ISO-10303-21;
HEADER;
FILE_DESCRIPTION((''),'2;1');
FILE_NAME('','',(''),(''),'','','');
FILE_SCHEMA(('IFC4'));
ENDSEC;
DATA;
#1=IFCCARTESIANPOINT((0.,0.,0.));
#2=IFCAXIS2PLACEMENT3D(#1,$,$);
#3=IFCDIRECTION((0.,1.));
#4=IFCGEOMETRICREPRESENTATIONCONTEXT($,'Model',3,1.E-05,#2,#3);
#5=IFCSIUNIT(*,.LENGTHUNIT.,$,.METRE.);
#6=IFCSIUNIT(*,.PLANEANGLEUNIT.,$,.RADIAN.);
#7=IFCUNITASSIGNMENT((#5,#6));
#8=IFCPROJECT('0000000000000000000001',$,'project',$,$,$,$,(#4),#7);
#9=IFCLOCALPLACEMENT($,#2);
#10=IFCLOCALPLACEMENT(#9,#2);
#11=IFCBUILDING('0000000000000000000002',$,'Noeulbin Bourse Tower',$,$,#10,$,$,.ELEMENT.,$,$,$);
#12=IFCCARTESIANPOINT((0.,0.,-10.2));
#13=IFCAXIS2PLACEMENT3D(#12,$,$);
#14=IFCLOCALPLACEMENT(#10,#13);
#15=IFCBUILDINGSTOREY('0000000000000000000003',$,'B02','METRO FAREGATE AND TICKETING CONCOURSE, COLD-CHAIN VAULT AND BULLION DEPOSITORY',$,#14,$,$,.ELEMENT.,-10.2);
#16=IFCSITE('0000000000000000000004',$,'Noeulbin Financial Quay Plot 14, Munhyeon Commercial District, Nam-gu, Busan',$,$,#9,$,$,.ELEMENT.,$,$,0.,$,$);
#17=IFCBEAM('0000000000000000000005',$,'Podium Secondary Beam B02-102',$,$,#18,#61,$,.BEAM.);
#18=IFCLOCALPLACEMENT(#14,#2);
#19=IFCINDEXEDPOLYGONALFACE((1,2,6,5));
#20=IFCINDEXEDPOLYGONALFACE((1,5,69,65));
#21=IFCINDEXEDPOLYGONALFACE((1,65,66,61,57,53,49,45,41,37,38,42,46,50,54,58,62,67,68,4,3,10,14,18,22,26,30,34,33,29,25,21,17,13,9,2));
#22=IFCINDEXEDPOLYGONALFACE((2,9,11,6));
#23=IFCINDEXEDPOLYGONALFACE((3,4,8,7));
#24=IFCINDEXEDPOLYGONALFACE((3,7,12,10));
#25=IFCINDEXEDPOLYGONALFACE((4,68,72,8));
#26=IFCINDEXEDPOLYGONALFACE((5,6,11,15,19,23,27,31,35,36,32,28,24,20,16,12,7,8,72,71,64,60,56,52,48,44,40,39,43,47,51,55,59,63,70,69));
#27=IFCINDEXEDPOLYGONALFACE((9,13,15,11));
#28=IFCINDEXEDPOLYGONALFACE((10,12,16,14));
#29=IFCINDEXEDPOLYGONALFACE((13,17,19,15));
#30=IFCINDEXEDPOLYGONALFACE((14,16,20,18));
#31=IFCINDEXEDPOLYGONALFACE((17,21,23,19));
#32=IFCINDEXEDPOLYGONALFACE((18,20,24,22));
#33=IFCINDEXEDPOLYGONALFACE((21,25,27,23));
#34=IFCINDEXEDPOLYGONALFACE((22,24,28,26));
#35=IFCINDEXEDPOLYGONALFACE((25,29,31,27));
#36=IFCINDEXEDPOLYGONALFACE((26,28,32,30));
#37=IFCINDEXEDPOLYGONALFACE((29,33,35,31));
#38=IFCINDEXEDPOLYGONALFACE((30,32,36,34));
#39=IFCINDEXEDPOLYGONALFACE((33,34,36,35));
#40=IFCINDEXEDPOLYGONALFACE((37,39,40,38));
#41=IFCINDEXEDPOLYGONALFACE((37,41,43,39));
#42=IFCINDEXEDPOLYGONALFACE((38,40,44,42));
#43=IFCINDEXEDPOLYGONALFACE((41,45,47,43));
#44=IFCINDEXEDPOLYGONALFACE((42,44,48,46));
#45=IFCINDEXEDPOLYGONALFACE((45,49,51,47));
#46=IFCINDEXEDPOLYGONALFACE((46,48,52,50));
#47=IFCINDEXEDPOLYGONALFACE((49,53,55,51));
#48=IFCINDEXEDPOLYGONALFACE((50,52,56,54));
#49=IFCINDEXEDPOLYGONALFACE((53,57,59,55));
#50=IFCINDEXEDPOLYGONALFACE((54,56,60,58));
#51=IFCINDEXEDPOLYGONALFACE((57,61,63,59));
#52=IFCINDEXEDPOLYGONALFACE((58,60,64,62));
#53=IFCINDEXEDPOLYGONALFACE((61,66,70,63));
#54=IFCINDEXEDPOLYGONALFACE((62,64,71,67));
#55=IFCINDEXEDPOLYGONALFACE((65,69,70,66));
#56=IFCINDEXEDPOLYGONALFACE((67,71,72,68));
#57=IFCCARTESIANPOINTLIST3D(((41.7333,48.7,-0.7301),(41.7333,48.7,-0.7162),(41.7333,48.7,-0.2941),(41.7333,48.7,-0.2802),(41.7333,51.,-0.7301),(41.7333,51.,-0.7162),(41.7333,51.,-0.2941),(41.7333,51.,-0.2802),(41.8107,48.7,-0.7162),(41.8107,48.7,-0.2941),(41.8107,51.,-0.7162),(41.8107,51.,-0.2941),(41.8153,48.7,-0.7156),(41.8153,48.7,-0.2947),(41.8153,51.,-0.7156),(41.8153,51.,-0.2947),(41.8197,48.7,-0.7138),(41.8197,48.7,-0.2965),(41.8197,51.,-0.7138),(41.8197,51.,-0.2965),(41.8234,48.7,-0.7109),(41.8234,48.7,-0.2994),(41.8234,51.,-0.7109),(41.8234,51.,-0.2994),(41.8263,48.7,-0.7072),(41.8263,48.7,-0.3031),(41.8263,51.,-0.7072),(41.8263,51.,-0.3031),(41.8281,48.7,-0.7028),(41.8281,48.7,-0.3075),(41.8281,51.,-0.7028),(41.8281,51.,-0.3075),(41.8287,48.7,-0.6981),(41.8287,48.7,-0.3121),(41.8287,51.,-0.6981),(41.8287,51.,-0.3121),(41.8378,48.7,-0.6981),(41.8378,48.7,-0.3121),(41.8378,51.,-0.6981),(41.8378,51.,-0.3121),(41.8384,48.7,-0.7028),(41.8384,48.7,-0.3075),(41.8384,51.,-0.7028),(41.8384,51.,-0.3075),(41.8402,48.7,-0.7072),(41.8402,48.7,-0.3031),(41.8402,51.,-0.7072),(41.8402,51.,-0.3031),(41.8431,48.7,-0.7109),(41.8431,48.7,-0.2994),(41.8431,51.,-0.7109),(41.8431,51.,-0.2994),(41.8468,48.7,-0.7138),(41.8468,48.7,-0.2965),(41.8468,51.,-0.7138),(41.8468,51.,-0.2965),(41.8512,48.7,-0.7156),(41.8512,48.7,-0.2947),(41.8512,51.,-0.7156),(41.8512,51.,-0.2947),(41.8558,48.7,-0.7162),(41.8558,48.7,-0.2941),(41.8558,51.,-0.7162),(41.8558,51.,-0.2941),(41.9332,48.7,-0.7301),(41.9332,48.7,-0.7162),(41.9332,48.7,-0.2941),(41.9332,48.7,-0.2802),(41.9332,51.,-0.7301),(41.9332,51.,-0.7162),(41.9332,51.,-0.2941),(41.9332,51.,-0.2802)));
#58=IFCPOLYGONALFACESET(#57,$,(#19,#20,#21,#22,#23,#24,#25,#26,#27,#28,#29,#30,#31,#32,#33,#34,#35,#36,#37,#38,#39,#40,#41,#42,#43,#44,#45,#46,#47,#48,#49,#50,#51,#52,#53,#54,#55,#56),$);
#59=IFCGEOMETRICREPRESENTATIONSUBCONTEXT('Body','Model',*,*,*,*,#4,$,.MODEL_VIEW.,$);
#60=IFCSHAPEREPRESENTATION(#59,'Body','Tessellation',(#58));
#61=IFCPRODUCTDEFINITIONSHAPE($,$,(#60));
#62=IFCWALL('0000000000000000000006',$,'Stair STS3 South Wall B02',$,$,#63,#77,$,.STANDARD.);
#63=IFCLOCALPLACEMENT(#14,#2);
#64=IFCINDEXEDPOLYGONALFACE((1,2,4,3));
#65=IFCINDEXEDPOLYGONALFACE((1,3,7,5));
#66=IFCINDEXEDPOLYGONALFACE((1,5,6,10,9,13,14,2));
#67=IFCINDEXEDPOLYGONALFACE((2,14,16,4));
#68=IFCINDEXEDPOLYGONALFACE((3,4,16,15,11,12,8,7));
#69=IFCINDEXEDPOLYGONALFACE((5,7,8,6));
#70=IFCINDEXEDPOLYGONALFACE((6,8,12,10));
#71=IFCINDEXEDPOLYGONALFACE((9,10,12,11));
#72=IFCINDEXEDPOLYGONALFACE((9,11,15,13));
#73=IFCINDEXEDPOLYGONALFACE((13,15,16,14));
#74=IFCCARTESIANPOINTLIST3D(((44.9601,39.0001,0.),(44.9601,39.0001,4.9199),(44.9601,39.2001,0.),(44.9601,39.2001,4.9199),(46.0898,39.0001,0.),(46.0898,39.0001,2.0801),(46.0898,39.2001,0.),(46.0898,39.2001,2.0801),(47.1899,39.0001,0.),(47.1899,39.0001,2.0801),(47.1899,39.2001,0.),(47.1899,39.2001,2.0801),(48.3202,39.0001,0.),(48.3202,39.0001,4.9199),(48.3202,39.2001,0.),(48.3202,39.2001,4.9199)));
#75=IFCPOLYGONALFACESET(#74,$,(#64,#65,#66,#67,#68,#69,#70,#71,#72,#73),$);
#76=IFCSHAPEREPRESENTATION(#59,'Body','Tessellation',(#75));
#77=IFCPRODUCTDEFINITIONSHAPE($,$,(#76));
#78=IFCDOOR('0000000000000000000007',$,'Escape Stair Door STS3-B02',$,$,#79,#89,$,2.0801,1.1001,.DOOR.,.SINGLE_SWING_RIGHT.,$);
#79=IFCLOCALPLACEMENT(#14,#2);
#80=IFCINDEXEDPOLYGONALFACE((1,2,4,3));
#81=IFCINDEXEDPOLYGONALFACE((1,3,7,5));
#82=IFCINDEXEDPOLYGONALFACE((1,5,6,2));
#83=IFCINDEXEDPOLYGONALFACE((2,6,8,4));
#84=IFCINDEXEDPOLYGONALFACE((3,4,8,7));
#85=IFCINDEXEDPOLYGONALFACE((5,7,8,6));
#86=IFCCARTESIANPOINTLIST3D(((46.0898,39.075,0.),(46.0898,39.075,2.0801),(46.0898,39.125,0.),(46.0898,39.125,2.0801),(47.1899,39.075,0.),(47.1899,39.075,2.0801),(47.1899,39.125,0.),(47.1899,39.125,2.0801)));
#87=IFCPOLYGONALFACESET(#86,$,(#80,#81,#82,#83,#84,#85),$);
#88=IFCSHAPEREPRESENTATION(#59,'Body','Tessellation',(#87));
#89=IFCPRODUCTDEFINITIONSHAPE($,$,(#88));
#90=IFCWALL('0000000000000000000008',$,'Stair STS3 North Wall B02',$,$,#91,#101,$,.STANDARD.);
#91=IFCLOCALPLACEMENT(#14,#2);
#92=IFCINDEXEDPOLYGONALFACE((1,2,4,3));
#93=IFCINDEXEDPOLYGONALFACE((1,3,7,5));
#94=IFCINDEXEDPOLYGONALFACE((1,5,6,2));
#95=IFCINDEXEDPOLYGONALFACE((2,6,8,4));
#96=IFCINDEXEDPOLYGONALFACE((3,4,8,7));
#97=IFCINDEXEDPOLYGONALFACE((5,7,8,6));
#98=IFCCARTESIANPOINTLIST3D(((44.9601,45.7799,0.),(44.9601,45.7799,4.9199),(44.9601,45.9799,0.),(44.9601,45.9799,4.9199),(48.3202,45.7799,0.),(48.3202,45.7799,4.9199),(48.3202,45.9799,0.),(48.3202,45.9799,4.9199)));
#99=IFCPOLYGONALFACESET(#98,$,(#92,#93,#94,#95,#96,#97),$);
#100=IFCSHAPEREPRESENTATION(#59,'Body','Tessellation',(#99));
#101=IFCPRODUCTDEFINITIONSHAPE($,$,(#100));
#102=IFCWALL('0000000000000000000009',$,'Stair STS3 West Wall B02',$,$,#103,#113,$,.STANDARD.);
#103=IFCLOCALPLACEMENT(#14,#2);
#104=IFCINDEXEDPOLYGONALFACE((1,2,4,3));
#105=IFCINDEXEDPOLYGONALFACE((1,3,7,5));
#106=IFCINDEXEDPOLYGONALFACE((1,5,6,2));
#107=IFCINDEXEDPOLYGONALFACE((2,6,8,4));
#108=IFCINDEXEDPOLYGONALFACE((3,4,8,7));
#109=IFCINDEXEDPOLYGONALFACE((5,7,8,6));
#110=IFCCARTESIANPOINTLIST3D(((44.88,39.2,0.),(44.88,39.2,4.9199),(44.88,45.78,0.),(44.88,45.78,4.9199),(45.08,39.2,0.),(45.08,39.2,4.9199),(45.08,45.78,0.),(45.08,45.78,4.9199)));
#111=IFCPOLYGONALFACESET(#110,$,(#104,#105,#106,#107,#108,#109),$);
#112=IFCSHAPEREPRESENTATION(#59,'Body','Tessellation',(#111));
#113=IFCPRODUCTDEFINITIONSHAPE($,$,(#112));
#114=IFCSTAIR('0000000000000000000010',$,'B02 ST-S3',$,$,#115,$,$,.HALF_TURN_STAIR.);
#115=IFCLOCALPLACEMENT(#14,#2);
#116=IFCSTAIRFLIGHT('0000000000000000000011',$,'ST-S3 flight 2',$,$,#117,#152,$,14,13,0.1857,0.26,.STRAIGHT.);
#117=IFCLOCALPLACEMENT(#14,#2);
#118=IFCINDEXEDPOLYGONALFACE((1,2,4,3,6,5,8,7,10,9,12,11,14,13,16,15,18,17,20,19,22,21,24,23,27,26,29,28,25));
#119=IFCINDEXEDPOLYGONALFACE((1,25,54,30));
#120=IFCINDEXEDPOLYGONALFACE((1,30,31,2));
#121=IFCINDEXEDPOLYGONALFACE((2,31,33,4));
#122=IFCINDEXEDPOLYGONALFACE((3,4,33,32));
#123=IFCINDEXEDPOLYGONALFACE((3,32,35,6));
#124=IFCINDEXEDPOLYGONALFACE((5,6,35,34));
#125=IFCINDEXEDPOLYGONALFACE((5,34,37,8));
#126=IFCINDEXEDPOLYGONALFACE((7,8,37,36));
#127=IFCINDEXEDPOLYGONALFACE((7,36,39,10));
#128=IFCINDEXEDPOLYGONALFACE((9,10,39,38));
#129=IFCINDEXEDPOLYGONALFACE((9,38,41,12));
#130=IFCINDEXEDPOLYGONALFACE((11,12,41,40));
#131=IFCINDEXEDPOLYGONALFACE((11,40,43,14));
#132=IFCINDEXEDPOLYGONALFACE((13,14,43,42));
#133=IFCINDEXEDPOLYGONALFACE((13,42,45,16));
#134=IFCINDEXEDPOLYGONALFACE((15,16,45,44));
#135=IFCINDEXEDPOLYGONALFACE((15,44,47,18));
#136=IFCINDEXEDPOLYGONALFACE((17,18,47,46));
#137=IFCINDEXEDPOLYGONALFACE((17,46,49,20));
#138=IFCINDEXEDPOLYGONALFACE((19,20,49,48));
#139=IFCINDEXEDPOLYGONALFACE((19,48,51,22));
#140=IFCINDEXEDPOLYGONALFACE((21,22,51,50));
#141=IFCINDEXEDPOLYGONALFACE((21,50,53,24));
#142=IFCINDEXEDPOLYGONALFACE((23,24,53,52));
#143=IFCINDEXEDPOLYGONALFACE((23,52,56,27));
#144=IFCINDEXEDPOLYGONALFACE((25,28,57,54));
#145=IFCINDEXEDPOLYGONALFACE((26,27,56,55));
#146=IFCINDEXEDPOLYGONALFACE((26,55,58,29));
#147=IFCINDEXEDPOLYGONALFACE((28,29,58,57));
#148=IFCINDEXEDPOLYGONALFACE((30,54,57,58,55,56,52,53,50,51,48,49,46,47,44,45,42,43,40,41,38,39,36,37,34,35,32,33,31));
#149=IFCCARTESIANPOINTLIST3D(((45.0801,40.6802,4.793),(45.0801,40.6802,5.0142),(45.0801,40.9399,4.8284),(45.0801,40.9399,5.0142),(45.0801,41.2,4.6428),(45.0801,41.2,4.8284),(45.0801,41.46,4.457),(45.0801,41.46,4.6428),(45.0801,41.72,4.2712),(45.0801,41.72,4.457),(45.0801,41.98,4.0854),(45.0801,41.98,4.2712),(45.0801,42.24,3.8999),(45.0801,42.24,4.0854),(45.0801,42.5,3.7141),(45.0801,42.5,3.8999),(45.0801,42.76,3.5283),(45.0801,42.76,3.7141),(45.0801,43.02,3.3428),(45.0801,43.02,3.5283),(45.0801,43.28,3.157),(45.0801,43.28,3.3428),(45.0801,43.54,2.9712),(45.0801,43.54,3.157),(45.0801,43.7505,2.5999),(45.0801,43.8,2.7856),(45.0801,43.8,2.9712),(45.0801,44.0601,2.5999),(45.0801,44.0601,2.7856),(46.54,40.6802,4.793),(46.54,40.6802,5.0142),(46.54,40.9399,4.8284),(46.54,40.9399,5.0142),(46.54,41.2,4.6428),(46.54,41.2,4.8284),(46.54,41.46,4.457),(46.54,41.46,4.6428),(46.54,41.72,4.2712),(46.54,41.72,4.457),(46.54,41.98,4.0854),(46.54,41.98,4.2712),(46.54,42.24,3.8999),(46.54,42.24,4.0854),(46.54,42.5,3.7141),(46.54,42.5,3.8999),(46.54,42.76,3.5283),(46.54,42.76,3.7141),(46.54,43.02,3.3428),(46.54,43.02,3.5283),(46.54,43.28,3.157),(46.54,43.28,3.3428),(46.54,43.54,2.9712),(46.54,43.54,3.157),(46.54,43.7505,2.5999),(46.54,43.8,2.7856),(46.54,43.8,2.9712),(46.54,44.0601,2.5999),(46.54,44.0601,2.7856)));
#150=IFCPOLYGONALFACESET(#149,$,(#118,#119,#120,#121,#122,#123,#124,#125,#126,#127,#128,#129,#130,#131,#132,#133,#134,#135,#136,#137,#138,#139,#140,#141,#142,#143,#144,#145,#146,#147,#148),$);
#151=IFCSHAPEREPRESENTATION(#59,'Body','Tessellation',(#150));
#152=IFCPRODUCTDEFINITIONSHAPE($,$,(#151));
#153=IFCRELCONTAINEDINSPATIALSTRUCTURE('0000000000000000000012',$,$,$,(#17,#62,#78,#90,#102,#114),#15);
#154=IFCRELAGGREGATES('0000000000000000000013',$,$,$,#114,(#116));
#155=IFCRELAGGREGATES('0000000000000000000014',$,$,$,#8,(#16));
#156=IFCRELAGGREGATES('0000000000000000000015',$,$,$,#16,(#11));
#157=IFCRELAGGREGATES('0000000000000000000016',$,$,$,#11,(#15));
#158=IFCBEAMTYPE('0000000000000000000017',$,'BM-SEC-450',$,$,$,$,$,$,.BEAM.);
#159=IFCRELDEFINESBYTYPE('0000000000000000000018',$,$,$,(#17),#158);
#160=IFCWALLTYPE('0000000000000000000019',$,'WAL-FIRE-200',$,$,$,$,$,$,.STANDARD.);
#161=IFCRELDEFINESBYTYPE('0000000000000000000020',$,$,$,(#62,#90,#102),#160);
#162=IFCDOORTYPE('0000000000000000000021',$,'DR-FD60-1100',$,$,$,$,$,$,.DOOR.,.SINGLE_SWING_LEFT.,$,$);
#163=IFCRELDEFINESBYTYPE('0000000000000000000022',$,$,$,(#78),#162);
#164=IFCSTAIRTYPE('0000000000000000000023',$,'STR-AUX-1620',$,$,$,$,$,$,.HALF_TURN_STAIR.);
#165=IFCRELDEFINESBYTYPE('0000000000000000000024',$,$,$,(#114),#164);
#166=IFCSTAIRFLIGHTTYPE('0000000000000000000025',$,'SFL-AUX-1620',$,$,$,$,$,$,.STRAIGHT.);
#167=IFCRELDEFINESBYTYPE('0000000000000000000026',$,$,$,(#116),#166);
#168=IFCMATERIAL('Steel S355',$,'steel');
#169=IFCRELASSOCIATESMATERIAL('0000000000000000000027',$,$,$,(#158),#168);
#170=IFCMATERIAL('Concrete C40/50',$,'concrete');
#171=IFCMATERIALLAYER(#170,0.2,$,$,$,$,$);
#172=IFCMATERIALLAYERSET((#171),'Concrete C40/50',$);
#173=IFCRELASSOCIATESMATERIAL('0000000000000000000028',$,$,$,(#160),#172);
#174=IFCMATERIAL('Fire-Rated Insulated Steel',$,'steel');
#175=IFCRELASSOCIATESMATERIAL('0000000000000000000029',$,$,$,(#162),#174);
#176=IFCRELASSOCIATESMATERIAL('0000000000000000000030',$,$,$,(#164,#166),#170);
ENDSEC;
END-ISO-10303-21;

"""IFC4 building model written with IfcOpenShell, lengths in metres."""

from ifc_helpers import new_model, si_unit, direction, frame, frame_2d, origin, origin_2d, place, context, subcontext, project, spatial, polyline, rectangle, i_section, outline, extrude, material, layer, layer_set, material_profile, profile_set, type_object, element, fill, aggregate, save


model = new_model("IFC4")

# Units and contexts
model_context = context("Model", 3, precision=1e-05, world=origin(), true_north=direction((0.0, 1.0)))
body_context = subcontext(model_context, "Body", "Model", "MODEL_VIEW")
ifc_project = project(units=[si_unit("LENGTHUNIT", "METRE"), si_unit("PLANEANGLEUNIT", "RADIAN")], contexts=[model_context])

# Site, building, storey
site_placement = place(None, origin())
site = spatial("IfcSite", under=ifc_project, at=site_placement, Name="Noeulbin Financial Quay Plot 14, Munhyeon Commercial District, Nam-gu, Busan", CompositionType="ELEMENT", RefElevation=0.0)
building_placement = place(site_placement, origin())
building = spatial("IfcBuilding", under=site, at=building_placement, Name="Noeulbin Bourse Tower", CompositionType="ELEMENT")
storey_placement = place(building_placement, frame((0.0, 0.0, -10.2)))
storey = spatial("IfcBuildingStorey", under=building, at=storey_placement, Name="B02", Description="METRO FAREGATE AND TICKETING CONCOURSE, COLD-CHAIN VAULT AND BULLION DEPOSITORY", CompositionType="ELEMENT", Elevation=-10.2)

# Beam
ifc_material_1 = material(Name="Steel S355", Category="steel")
ifc_material_profile_1 = material_profile(ifc_material_1, i_section(OverallWidth=0.2, OverallDepth=0.45, WebThickness=0.009, FlangeThickness=0.0139, FilletRadius=0.0181, at=origin_2d()), Name="H-450x200x9x14", Category="LoadBearing")
ifc_profile_set_1 = profile_set([ifc_material_profile_1], Name="Steel S355")
beam_type_1 = type_object("IfcBeamType", Name="BM-SEC-450", PredefinedType="BEAM", material=ifc_profile_set_1)
beam_1_placement = place(storey_placement, frame((41.8333, 48.7, -0.5051), z_axis=(0.0, 1.0, 0.0), x_axis=(-1.0, 0.0, 0.0)))
element("IfcBeam", 1, at=beam_1_placement, inside=storey, type_object=beam_type_1, Name="Podium Secondary Beam B02-102", PredefinedType="BEAM", context=body_context, shape_type="SweptSolid", body=[
    extrude(i_section(OverallWidth=0.2, OverallDepth=0.45, WebThickness=0.009, FlangeThickness=0.0139, FilletRadius=0.0181, at=origin_2d()), origin(), (0.0, 0.0, 1.0), 2.3),
])

# Wall, opening, door
ifc_material_2 = material(Name="Concrete C40/50", Category="concrete")
ifc_layer_1 = layer(ifc_material_2, 0.2)
ifc_layer_set_1 = layer_set([ifc_layer_1], Name="Concrete C40/50")
wall_type = type_object("IfcWallType", Name="WAL-FIRE-200", PredefinedType="STANDARD", material=ifc_layer_set_1)
wall_1_placement = place(storey_placement, frame((44.96, 39.1001, 0.0), z_axis=(0.0, 0.0, 1.0), x_axis=(1.0, 0.0, 0.0)))
wall_1 = element("IfcWall", 2, at=wall_1_placement, inside=storey, type_object=wall_type, Name="Stair STS3 South Wall B02", PredefinedType="STANDARD", context=body_context, shape_type="SweptSolid", body=[
    extrude(rectangle(XDim=3.3601, YDim=0.2, at=frame_2d((1.6802, 0.0))), origin(), (0.0, 0.0, 1.0), 4.9199),
])
opening_placement = place(wall_1_placement, frame((1.1299, 0.0, 0.0)))
opening = element("IfcOpeningElement", 3, at=opening_placement, cuts=wall_1, PredefinedType="OPENING", context=body_context, shape_type="SweptSolid", body=[
    extrude(rectangle(XDim=1.1001, YDim=2.0801, at=frame_2d((0.55, 1.04))), frame((0.0, 0.1099, 0.0), z_axis=(0.0, -1.0, 0.0), x_axis=(1.0, 0.0, 0.0)), (0.0, 0.0, 1.0), 0.22),
])
ifc_material_3 = material(Name="Fire-Rated Insulated Steel", Category="steel")
door_type = type_object("IfcDoorType", Name="DR-FD60-1100", OperationType="SINGLE_SWING_LEFT", PredefinedType="DOOR", material=ifc_material_3)
door_placement = place(opening_placement, origin())
door = element("IfcDoor", 4, at=door_placement, inside=storey, type_object=door_type, Name="Escape Stair Door STS3-B02", OperationType="SINGLE_SWING_RIGHT", OverallHeight=2.0801, OverallWidth=1.1001, PredefinedType="DOOR", context=body_context, shape_type="SweptSolid", body=[
    extrude(rectangle(XDim=1.1001, YDim=2.0801, at=frame_2d((0.55, 1.04))), frame((0.0, 0.0249, 0.0), z_axis=(0.0, -1.0, 0.0), x_axis=(1.0, 0.0, 0.0)), (0.0, 0.0, 1.0), 0.05),
])
fill(opening, door)

# Walls
wall_2_placement = place(storey_placement, frame((44.96, 45.8799, 0.0), z_axis=(0.0, 0.0, 1.0), x_axis=(1.0, 0.0, 0.0)))
element("IfcWall", 5, at=wall_2_placement, inside=storey, type_object=wall_type, Name="Stair STS3 North Wall B02", PredefinedType="STANDARD", context=body_context, shape_type="SweptSolid", body=[
    extrude(rectangle(XDim=3.3601, YDim=0.2, at=frame_2d((1.6802, 0.0))), origin(), (0.0, 0.0, 1.0), 4.9199),
])
wall_3_placement = place(storey_placement, frame((44.98, 39.2, 0.0), z_axis=(0.0, 0.0, 1.0), x_axis=(0.0, 1.0, 0.0)))
element("IfcWall", 6, at=wall_3_placement, inside=storey, type_object=wall_type, Name="Stair STS3 West Wall B02", PredefinedType="STANDARD", context=body_context, shape_type="SweptSolid", body=[
    extrude(rectangle(XDim=6.5801, YDim=0.2, at=frame_2d((3.29, 0.0))), origin(), (0.0, 0.0, 1.0), 4.9199),
])

# Stair, stair flight
stair_type = type_object("IfcStairType", Name="STR-AUX-1620", PredefinedType="HALF_TURN_STAIR", material=ifc_material_2)
stair_placement = place(storey_placement, origin())
stair = element("IfcStair", 7, at=stair_placement, inside=storey, type_object=stair_type, Name="B02 ST-S3", PredefinedType="HALF_TURN_STAIR")
stair_flight_type = type_object("IfcStairFlightType", Name="SFL-AUX-1620", PredefinedType="STRAIGHT", material=ifc_material_2)
stair_flight_placement = place(storey_placement, frame((45.8101, 44.0601, 2.5999), z_axis=(0.0, 0.0, 1.0), x_axis=(0.0, -1.0, 0.0)))
stair_flight = element("IfcStairFlight", 8, at=stair_flight_placement, type_object=stair_flight_type, Name="ST-S3 flight 2", NumberOfRisers=14, NumberOfTreads=13, PredefinedType="STRAIGHT", RiserHeight=0.1857, TreadLength=0.26, context=body_context, shape_type="SweptSolid", body=[
    extrude(outline(polyline([(0.0, 0.0), (0.0, 0.1858), (0.26, 0.1858), (0.26, 0.3713), (0.52, 0.3713), (0.52, 0.5571), (0.78, 0.5571), (0.78, 0.7429), (1.04, 0.7429), (1.04, 0.9285), (1.3, 0.9285), (1.3, 1.1143), (1.5601, 1.1143), (1.5601, 1.3), (1.8201, 1.3), (1.8201, 1.4856), (2.0801, 1.4856), (2.0801, 1.6714), (2.3401, 1.6714), (2.3401, 1.8572), (2.6001, 1.8572), (2.6001, 2.043), (2.8601, 2.043), (2.8601, 2.2285), (3.1201, 2.2285), (3.1201, 2.4143), (3.3799, 2.4143), (3.3799, 2.6001), (3.3799, 2.1931), (0.3096, 0.0), (0.0, 0.0)])), frame((0.0, 0.73, 0.0), z_axis=(0.0, -1.0, 0.0), x_axis=(1.0, 0.0, 0.0)), (0.0, 0.0, 1.0), 1.46),
])
aggregate(stair, [stair_flight])

save(model, "model.ifc")
